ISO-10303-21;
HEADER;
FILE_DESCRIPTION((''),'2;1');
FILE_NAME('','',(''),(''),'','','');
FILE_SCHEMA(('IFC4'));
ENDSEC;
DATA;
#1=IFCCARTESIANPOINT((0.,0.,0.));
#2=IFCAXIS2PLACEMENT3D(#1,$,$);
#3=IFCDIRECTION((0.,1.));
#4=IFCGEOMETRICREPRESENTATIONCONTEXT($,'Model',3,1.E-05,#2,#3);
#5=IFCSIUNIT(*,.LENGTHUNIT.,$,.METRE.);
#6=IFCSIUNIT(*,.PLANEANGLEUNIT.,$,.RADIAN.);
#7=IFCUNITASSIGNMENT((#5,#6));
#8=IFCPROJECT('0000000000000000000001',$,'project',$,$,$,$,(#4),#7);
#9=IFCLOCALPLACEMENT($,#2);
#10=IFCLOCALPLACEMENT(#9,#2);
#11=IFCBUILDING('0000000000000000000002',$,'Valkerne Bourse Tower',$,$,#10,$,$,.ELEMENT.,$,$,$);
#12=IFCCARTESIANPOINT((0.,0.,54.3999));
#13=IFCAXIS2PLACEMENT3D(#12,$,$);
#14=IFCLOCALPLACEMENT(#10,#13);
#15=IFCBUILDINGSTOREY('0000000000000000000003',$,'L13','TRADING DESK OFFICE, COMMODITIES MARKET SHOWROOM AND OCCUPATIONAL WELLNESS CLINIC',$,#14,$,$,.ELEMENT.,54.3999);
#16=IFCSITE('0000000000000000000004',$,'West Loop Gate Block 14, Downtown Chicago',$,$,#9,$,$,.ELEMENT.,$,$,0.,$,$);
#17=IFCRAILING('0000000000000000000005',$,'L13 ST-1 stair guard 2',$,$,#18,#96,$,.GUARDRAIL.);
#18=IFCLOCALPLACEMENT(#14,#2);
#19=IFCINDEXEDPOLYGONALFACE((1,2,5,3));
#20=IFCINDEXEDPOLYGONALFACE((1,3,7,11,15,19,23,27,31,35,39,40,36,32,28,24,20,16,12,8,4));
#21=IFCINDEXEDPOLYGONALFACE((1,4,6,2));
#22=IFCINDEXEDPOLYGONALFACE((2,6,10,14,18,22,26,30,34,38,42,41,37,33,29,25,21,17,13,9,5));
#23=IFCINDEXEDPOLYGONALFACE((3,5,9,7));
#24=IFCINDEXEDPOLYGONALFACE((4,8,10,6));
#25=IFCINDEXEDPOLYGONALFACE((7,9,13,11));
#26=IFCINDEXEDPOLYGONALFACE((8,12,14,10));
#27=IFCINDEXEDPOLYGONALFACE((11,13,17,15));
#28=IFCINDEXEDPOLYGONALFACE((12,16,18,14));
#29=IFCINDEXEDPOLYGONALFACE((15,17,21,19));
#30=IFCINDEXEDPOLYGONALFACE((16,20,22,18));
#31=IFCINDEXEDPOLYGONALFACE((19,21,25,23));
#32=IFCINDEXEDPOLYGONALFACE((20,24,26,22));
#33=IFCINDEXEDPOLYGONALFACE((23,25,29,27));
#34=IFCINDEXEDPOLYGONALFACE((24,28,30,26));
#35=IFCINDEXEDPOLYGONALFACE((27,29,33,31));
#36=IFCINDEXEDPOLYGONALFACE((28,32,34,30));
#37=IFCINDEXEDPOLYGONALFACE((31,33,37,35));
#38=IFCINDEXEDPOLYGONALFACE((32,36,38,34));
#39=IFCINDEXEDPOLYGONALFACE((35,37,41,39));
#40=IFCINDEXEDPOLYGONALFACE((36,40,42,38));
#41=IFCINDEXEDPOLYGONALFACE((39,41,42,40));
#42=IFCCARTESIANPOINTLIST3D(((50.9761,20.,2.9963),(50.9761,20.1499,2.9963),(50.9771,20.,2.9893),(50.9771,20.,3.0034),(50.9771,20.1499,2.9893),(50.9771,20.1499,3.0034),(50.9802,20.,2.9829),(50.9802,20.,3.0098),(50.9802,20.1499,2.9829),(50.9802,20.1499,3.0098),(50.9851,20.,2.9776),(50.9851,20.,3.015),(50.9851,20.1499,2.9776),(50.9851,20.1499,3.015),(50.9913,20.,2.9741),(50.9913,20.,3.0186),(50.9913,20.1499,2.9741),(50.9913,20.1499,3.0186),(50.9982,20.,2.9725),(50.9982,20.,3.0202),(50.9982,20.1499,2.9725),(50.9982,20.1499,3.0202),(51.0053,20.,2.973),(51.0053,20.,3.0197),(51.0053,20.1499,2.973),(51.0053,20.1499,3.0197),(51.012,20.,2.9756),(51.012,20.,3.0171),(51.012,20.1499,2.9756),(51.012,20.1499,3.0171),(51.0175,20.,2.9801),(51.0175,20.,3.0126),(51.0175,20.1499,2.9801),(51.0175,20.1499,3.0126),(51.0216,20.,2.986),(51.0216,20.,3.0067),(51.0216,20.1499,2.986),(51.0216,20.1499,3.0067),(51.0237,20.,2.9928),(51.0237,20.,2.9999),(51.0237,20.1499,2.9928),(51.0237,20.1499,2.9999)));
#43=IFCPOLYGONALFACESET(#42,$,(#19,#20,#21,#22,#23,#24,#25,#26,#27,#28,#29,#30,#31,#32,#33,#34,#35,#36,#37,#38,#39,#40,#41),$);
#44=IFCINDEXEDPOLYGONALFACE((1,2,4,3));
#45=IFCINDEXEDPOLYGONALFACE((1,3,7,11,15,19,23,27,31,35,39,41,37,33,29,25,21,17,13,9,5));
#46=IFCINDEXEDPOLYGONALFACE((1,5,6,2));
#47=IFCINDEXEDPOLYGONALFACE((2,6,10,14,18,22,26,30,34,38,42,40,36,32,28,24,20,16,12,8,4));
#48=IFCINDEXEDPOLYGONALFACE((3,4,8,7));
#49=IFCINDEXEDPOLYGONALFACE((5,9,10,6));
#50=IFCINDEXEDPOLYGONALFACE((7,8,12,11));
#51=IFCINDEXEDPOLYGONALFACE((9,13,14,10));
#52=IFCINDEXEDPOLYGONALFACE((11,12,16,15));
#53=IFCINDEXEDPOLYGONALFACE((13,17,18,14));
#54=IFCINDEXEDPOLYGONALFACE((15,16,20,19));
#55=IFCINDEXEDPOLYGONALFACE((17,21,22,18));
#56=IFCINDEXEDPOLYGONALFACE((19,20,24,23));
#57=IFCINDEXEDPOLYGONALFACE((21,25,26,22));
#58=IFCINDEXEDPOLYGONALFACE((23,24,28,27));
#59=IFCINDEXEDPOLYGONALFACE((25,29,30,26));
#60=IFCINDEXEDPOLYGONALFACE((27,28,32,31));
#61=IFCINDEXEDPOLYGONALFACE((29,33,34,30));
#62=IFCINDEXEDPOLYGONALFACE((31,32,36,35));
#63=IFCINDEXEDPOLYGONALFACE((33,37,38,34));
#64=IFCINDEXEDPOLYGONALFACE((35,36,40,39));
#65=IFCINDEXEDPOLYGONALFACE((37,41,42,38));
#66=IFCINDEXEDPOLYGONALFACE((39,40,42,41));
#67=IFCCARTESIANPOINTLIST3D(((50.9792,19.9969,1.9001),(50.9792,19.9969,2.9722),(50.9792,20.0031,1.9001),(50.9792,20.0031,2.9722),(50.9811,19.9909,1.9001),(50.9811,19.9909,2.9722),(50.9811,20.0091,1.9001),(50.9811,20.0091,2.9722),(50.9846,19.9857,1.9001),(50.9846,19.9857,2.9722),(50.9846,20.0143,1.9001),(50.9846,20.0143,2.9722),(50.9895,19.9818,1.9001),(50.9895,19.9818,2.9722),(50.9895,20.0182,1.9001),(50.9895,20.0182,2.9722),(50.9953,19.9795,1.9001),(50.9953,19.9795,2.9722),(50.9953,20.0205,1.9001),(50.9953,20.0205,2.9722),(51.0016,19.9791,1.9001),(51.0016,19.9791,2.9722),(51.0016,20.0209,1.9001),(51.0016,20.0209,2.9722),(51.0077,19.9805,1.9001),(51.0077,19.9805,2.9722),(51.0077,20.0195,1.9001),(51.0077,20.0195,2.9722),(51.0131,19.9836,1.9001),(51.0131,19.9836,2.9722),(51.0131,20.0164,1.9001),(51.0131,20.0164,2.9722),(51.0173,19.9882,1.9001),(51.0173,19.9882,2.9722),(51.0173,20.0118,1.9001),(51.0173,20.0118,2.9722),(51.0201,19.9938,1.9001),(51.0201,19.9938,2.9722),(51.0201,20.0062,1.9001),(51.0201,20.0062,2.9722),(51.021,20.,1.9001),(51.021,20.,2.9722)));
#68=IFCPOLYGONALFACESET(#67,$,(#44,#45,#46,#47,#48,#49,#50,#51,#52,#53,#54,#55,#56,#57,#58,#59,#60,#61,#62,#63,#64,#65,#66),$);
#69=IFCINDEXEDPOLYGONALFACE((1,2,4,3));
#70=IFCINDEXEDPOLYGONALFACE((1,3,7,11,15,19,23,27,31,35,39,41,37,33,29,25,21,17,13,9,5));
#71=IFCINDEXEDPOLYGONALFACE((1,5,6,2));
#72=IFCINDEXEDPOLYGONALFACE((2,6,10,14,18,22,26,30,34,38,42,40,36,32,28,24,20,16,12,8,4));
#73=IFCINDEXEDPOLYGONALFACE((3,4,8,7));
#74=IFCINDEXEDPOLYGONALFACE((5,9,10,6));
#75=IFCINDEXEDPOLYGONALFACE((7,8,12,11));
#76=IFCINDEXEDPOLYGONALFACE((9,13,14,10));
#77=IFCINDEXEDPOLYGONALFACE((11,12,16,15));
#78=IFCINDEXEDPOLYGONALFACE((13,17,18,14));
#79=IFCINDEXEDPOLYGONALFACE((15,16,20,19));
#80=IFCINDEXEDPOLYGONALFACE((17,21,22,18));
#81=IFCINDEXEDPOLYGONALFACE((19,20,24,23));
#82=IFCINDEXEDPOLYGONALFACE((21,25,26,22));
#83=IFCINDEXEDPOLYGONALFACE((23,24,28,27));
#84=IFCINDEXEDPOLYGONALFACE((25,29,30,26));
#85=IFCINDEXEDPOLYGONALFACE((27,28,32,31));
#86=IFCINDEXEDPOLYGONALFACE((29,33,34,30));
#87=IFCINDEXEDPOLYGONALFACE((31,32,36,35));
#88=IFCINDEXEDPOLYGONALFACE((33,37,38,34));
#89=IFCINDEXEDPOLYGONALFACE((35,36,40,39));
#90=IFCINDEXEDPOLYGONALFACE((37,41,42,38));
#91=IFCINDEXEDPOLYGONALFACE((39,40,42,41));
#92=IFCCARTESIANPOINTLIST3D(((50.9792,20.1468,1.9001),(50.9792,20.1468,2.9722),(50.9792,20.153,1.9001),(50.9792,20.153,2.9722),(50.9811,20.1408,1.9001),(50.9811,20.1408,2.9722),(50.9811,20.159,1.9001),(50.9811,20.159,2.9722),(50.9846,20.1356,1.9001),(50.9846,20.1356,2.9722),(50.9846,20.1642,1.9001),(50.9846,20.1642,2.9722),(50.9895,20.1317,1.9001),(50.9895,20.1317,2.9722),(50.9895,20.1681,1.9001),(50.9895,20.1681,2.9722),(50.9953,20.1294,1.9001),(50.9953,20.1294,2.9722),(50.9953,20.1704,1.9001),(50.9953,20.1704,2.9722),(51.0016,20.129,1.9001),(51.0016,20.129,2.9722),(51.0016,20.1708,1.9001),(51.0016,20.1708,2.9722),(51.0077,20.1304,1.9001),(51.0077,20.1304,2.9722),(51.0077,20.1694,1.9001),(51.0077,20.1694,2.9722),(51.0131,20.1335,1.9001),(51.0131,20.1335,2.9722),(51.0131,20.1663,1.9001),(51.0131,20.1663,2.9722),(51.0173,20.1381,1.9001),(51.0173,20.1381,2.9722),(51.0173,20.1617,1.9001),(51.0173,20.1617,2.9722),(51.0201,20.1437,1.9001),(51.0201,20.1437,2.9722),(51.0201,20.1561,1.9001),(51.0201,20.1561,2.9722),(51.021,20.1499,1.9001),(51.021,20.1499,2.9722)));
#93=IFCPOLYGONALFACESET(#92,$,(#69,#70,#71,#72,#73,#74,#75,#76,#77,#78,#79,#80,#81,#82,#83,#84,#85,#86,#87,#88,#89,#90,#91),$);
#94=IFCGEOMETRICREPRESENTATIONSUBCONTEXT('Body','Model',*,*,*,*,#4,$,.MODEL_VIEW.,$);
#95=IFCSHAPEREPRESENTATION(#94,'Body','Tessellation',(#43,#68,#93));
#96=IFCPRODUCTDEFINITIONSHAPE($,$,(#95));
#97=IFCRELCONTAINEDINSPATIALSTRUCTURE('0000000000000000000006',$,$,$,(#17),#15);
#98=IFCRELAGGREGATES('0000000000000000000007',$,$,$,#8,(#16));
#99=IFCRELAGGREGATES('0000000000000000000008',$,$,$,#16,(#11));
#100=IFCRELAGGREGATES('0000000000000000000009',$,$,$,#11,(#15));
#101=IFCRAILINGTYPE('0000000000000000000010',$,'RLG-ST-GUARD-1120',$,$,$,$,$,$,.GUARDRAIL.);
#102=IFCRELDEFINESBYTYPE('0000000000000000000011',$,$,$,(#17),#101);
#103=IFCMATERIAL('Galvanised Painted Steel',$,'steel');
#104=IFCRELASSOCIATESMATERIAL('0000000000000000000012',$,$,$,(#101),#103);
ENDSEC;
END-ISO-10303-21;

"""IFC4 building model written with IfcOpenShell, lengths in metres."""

from ifc_helpers import new_model, si_unit, direction, frame, origin, origin_2d, place, context, subcontext, project, spatial, circle, extrude, material, type_object, element, save


model = new_model("IFC4")

# Units and contexts
model_context = context("Model", 3, precision=1e-05, world=origin(), true_north=direction((0.0, 1.0)))
body_context = subcontext(model_context, "Body", "Model", "MODEL_VIEW")
ifc_project = project(units=[si_unit("LENGTHUNIT", "METRE"), si_unit("PLANEANGLEUNIT", "RADIAN")], contexts=[model_context])

# Site, building, storey
site_placement = place(None, origin())
site = spatial("IfcSite", under=ifc_project, at=site_placement, Name="West Loop Gate Block 14, Downtown Chicago", CompositionType="ELEMENT", RefElevation=0.0)
building_placement = place(site_placement, origin())
building = spatial("IfcBuilding", under=site, at=building_placement, Name="Valkerne Bourse Tower", CompositionType="ELEMENT")
storey_placement = place(building_placement, frame((0.0, 0.0, 54.3999)))
storey = spatial("IfcBuildingStorey", under=building, at=storey_placement, Name="L13", Description="TRADING DESK OFFICE, COMMODITIES MARKET SHOWROOM AND OCCUPATIONAL WELLNESS CLINIC", CompositionType="ELEMENT", Elevation=54.3999)

# Shared definitions
ifc_material_1 = material(Name="Galvanised Painted Steel", Category="steel")

# Railing
railing_type_1 = type_object("IfcRailingType", Name="RLG-ST-GUARD-1120", PredefinedType="GUARDRAIL", material=ifc_material_1)
railing_1_placement = place(storey_placement, frame((51.0, 20.0, 1.9001)))
element("IfcRailing", 1, at=railing_1_placement, inside=storey, type_object=railing_type_1, Name="L13 ST-1 stair guard 2", PredefinedType="GUARDRAIL", context=body_context, shape_type="SweptSolid", body=[
    extrude(circle(Radius=0.0239, at=origin_2d()), frame((0.0, 0.0, 1.0962), z_axis=(0.0, 1.0, 0.0), x_axis=(-1.0, 0.0, 0.0)), (0.0, 0.0, 1.0), 0.1499),
    extrude(circle(Radius=0.021, at=origin_2d()), origin(), (0.0, 0.0, 1.0), 1.072),
    extrude(circle(Radius=0.021, at=origin_2d()), frame((0.0, 0.1499, 0.0)), (0.0, 0.0, 1.0), 1.072),
])

save(model, "model.ifc")
